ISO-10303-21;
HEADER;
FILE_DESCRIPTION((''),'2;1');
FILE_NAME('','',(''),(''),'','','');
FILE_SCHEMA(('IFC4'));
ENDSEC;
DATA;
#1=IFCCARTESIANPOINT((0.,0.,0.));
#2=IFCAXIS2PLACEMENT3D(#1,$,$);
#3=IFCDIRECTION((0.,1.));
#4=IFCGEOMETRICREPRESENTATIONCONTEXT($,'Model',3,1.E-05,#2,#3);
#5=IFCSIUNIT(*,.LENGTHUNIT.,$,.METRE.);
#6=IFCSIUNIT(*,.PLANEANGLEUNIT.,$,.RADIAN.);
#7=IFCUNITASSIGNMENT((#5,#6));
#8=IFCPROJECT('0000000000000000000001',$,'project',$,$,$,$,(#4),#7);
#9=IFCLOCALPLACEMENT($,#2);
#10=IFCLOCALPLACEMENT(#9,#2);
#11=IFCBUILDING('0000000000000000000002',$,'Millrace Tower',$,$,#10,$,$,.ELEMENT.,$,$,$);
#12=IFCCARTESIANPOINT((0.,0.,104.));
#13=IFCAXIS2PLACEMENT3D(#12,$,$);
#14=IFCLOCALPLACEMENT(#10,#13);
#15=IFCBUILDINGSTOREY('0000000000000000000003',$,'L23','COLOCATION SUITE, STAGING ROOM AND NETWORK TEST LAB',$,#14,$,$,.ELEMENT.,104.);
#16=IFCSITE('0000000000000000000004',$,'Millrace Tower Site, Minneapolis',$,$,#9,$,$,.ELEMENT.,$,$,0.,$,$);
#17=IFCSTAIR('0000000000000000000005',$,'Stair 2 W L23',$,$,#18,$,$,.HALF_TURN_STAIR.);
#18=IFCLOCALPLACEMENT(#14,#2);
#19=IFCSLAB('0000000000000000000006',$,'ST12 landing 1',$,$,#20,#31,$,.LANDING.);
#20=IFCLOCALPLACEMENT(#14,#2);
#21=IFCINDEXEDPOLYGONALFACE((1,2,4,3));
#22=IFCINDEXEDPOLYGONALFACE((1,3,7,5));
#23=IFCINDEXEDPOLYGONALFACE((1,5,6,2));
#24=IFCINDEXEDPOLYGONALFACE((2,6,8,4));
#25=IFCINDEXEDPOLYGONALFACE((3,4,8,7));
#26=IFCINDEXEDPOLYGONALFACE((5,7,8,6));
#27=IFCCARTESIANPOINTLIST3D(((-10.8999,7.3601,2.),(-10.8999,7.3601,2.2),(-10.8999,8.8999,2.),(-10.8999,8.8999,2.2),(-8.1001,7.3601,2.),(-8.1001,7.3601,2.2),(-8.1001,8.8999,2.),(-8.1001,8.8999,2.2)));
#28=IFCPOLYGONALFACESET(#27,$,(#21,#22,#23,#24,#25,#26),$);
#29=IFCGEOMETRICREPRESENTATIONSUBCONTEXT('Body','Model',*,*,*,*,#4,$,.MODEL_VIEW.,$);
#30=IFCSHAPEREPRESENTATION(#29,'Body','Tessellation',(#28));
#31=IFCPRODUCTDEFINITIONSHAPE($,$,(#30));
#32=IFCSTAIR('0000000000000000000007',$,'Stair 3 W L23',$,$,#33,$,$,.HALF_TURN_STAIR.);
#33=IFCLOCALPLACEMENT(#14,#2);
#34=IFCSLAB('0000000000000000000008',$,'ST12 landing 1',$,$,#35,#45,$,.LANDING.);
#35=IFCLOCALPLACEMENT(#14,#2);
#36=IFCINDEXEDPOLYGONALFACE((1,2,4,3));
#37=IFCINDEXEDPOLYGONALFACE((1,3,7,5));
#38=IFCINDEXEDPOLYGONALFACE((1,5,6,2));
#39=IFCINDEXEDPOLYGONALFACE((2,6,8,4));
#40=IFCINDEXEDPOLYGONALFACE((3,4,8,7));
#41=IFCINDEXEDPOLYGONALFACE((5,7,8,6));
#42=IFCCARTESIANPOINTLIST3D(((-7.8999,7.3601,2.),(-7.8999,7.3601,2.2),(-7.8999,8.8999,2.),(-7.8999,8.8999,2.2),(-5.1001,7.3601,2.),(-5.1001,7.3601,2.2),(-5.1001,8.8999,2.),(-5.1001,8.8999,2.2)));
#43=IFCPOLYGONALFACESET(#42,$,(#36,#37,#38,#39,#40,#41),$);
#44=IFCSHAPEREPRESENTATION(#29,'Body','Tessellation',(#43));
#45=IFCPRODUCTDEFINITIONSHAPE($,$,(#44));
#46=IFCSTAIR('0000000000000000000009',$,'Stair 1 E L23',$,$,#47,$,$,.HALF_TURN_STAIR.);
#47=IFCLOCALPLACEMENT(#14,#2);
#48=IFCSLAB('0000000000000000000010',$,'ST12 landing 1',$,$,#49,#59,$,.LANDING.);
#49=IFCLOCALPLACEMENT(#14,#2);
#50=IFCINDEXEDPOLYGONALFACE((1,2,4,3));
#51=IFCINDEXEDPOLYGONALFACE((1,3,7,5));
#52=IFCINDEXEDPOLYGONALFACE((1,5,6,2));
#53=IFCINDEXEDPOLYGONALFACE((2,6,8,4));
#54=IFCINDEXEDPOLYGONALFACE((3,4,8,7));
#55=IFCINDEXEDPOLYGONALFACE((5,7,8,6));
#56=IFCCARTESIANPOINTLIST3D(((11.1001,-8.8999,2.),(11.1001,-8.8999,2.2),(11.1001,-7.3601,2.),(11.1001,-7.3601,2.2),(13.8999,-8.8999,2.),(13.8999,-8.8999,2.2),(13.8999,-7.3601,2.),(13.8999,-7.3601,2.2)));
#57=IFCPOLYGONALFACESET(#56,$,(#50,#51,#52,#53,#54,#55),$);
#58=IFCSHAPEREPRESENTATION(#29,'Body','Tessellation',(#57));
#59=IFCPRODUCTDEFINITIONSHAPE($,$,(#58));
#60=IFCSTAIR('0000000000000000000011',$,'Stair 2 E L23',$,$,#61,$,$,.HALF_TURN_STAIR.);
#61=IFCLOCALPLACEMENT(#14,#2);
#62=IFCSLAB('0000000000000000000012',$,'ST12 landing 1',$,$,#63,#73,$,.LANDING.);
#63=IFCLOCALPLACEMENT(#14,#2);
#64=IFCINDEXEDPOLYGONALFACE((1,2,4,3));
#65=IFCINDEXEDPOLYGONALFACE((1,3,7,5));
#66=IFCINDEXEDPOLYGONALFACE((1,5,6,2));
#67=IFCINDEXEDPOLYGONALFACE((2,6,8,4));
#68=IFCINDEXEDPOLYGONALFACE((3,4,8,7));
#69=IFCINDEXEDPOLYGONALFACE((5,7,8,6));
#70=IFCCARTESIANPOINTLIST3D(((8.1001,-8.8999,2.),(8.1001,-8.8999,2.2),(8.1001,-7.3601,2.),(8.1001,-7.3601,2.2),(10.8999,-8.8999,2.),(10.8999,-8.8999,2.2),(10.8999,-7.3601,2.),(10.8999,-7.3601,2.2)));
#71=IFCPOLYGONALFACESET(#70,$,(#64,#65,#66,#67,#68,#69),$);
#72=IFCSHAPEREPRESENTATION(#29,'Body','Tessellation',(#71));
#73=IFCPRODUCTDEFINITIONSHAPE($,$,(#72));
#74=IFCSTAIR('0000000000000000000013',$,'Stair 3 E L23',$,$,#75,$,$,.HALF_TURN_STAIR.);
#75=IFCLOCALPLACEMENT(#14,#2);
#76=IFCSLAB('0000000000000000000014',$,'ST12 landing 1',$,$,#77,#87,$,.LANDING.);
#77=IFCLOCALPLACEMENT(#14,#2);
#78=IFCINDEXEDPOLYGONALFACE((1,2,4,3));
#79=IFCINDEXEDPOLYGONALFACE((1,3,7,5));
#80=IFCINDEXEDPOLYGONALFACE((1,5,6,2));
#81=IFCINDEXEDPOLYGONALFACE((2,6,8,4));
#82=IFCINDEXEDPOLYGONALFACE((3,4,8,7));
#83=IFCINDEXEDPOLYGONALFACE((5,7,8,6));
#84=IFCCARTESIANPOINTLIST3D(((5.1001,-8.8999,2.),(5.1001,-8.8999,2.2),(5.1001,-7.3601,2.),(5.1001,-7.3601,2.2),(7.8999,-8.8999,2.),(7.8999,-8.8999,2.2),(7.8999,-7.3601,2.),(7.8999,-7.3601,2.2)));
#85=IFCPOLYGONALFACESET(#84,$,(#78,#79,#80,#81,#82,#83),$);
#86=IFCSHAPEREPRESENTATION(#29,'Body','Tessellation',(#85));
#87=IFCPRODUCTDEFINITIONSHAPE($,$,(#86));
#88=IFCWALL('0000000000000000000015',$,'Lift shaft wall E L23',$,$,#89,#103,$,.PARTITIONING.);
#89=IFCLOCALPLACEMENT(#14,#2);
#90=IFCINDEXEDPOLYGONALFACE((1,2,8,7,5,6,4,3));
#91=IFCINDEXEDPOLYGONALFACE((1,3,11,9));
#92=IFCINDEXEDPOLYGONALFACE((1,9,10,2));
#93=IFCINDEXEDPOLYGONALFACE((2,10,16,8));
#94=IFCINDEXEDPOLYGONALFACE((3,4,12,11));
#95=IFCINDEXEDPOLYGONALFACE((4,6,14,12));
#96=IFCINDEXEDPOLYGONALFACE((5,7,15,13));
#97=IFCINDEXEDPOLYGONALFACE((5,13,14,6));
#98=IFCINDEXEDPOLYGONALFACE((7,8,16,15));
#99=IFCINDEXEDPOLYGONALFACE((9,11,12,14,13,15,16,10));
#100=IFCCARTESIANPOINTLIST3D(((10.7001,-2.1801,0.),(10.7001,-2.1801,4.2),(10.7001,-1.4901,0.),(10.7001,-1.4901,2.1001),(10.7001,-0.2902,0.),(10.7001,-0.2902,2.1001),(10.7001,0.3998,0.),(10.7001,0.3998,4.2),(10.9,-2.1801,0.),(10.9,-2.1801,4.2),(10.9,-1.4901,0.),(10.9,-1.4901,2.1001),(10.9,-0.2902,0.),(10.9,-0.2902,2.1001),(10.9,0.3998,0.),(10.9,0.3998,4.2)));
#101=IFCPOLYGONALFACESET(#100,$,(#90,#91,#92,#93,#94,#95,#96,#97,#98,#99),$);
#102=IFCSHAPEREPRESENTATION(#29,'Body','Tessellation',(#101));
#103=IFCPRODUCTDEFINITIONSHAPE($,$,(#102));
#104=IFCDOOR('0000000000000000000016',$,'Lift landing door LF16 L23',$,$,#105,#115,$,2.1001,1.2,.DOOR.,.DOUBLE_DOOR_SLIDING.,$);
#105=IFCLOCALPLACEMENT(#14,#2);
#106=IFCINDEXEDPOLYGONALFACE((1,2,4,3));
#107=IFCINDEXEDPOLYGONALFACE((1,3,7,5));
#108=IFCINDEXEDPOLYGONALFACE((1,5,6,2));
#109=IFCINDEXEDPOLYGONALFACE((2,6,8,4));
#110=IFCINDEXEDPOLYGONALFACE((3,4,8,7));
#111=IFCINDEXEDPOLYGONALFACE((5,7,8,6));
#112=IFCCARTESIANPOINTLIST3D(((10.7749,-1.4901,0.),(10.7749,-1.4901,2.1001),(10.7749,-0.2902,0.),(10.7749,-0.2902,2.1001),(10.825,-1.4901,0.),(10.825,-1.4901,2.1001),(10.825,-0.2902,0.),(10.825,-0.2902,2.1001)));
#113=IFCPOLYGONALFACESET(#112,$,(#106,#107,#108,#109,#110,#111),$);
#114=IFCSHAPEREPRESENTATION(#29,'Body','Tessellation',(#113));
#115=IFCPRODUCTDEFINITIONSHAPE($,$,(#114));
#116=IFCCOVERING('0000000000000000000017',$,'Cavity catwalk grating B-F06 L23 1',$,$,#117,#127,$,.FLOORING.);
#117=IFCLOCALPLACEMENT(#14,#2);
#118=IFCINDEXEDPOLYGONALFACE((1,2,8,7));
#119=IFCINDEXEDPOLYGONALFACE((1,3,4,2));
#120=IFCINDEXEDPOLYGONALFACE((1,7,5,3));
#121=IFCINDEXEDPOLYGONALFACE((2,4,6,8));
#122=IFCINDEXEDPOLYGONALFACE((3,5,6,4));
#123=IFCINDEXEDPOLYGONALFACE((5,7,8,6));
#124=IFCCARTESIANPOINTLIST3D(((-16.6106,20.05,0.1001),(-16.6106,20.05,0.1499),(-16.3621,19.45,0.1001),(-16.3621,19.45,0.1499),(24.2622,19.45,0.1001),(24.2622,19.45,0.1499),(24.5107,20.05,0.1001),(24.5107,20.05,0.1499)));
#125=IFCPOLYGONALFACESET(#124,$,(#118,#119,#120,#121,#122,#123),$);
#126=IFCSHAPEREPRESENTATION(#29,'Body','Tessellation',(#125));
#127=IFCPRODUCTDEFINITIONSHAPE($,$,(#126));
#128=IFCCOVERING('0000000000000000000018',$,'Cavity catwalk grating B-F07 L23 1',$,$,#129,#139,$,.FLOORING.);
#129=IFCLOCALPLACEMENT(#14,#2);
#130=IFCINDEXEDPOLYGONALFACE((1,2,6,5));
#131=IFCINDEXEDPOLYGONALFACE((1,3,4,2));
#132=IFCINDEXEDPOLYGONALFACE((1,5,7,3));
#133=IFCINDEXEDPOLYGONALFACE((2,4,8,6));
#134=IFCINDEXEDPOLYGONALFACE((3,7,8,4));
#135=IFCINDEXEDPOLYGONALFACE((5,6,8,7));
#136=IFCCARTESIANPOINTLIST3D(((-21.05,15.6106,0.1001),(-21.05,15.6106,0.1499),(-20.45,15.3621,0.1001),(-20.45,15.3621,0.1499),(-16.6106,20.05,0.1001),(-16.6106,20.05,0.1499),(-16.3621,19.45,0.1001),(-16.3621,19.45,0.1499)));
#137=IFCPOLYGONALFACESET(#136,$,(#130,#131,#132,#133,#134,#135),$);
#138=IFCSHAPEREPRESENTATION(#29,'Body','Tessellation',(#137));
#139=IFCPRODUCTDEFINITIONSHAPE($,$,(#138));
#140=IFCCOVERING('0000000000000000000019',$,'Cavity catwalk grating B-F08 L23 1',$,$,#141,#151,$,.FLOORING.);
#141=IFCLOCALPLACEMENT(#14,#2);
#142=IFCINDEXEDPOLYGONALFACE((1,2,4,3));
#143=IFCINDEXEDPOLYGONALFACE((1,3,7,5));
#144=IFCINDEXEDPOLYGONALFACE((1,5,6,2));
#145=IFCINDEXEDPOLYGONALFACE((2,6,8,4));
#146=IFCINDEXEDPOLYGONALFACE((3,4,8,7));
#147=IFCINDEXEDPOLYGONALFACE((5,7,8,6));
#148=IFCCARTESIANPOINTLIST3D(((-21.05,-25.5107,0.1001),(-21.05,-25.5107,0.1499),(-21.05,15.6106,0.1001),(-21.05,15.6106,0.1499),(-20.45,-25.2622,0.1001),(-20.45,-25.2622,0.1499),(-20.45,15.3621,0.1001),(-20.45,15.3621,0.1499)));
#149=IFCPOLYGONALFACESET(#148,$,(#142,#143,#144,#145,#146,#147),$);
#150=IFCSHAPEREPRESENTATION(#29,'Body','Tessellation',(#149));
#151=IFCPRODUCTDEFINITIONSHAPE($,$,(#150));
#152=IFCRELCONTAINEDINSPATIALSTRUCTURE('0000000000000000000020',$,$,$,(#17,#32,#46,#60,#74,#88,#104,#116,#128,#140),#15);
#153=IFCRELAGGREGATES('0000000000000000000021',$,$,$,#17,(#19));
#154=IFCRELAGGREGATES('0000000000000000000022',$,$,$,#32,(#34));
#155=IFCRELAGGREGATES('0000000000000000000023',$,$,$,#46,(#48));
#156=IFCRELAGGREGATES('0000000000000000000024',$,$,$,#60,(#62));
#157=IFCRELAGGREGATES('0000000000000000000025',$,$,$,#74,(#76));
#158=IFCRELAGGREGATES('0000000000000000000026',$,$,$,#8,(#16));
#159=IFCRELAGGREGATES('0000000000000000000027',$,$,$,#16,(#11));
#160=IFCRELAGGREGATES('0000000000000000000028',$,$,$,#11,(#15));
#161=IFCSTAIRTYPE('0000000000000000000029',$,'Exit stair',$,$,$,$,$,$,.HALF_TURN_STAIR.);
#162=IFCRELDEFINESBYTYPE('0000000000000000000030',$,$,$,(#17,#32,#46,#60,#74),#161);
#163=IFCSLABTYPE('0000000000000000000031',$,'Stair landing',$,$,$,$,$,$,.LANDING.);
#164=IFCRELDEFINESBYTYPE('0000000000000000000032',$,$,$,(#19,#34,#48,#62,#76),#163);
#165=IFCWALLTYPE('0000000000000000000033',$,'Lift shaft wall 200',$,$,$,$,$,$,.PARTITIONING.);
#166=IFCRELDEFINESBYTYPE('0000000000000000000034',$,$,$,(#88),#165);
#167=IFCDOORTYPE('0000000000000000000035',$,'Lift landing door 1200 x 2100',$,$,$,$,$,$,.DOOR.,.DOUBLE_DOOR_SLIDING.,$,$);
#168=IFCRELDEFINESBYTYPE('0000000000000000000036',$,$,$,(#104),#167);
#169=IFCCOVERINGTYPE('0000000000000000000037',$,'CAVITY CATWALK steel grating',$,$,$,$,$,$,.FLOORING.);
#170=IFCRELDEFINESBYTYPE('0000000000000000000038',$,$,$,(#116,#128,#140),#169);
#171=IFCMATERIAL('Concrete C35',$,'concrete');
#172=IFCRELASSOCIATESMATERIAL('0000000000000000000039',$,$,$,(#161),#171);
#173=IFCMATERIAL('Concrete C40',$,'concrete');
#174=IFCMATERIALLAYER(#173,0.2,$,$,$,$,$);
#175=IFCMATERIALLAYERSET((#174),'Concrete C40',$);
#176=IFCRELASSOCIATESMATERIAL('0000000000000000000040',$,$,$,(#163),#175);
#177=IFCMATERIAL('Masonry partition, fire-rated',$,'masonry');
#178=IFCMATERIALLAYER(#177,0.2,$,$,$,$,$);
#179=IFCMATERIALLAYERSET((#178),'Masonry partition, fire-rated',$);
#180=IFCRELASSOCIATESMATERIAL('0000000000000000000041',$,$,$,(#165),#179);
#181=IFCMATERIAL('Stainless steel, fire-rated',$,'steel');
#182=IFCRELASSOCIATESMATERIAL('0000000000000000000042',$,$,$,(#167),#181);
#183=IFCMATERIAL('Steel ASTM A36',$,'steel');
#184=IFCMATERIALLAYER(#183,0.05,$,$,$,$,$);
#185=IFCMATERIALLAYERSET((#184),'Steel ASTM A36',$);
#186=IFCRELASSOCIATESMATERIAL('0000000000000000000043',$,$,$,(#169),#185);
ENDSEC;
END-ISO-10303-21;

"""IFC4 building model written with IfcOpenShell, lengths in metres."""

from ifc_helpers import new_model, si_unit, direction, frame, frame_2d, origin, place, context, subcontext, project, spatial, polyline, rectangle, outline, extrude, material, layer, layer_set, type_object, element, fill, aggregate, save


model = new_model("IFC4")

# Units and contexts
model_context = context("Model", 3, precision=1e-05, world=origin(), true_north=direction((0.0, 1.0)))
body_context = subcontext(model_context, "Body", "Model", "MODEL_VIEW")
ifc_project = project(units=[si_unit("LENGTHUNIT", "METRE"), si_unit("PLANEANGLEUNIT", "RADIAN")], contexts=[model_context])

# Site, building, storey
site_placement = place(None, origin())
site = spatial("IfcSite", under=ifc_project, at=site_placement, Name="Millrace Tower Site, Minneapolis", CompositionType="ELEMENT", RefElevation=0.0)
building_placement = place(site_placement, origin())
building = spatial("IfcBuilding", under=site, at=building_placement, Name="Millrace Tower", CompositionType="ELEMENT")
storey_placement = place(building_placement, frame((0.0, 0.0, 104.0)))
storey = spatial("IfcBuildingStorey", under=building, at=storey_placement, Name="L23", Description="COLOCATION SUITE, STAGING ROOM AND NETWORK TEST LAB", CompositionType="ELEMENT", Elevation=104.0)

# Shared definitions
placement_1 = place(storey_placement, origin())

# Stairs, slabs
ifc_material_1 = material(Name="Concrete C35", Category="concrete")
stair_type = type_object("IfcStairType", Name="Exit stair", PredefinedType="HALF_TURN_STAIR", material=ifc_material_1)
ifc_material_2 = material(Name="Concrete C40", Category="concrete")
ifc_layer_1 = layer(ifc_material_2, 0.2)
ifc_layer_set_1 = layer_set([ifc_layer_1], Name="Concrete C40")
slab_type = type_object("IfcSlabType", Name="Stair landing", PredefinedType="LANDING", material=ifc_layer_set_1)
placement_2 = place(storey_placement, frame((0.0, 0.0, 2.0)))
stair_1 = element("IfcStair", 1, at=placement_1, inside=storey, type_object=stair_type, Name="Stair 2 W L23", PredefinedType="HALF_TURN_STAIR")
slab_1 = element("IfcSlab", 2, at=placement_2, type_object=slab_type, Name="ST12 landing 1", PredefinedType="LANDING", context=body_context, shape_type="SweptSolid", body=[
    extrude(outline(polyline([(-10.8999, 7.3601), (-8.1001, 7.3601), (-8.1001, 8.8999), (-10.8999, 8.8999), (-10.8999, 7.3601)])), origin(), (0.0, 0.0, 1.0), 0.2),
])
aggregate(stair_1, [slab_1])
stair_2 = element("IfcStair", 3, at=placement_1, inside=storey, type_object=stair_type, Name="Stair 3 W L23", PredefinedType="HALF_TURN_STAIR")
slab_2 = element("IfcSlab", 4, at=placement_2, type_object=slab_type, Name="ST12 landing 1", PredefinedType="LANDING", context=body_context, shape_type="SweptSolid", body=[
    extrude(outline(polyline([(-7.8999, 7.3601), (-5.1001, 7.3601), (-5.1001, 8.8999), (-7.8999, 8.8999), (-7.8999, 7.3601)])), origin(), (0.0, 0.0, 1.0), 0.2),
])
aggregate(stair_2, [slab_2])
stair_3 = element("IfcStair", 5, at=placement_1, inside=storey, type_object=stair_type, Name="Stair 1 E L23", PredefinedType="HALF_TURN_STAIR")
slab_3 = element("IfcSlab", 6, at=placement_2, type_object=slab_type, Name="ST12 landing 1", PredefinedType="LANDING", context=body_context, shape_type="SweptSolid", body=[
    extrude(outline(polyline([(11.1001, -8.8999), (13.8999, -8.8999), (13.8999, -7.3601), (11.1001, -7.3601), (11.1001, -8.8999)])), origin(), (0.0, 0.0, 1.0), 0.2),
])
aggregate(stair_3, [slab_3])
stair_4 = element("IfcStair", 7, at=placement_1, inside=storey, type_object=stair_type, Name="Stair 2 E L23", PredefinedType="HALF_TURN_STAIR")
slab_4 = element("IfcSlab", 8, at=placement_2, type_object=slab_type, Name="ST12 landing 1", PredefinedType="LANDING", context=body_context, shape_type="SweptSolid", body=[
    extrude(outline(polyline([(8.1001, -8.8999), (10.8999, -8.8999), (10.8999, -7.3601), (8.1001, -7.3601), (8.1001, -8.8999)])), origin(), (0.0, 0.0, 1.0), 0.2),
])
aggregate(stair_4, [slab_4])
stair_5 = element("IfcStair", 9, at=placement_1, inside=storey, type_object=stair_type, Name="Stair 3 E L23", PredefinedType="HALF_TURN_STAIR")
slab_5 = element("IfcSlab", 10, at=placement_2, type_object=slab_type, Name="ST12 landing 1", PredefinedType="LANDING", context=body_context, shape_type="SweptSolid", body=[
    extrude(outline(polyline([(5.1001, -8.8999), (7.8999, -8.8999), (7.8999, -7.3601), (5.1001, -7.3601), (5.1001, -8.8999)])), origin(), (0.0, 0.0, 1.0), 0.2),
])
aggregate(stair_5, [slab_5])

# Wall, opening, door
ifc_material_3 = material(Name="Masonry partition, fire-rated", Category="masonry")
ifc_layer_2 = layer(ifc_material_3, 0.2)
ifc_layer_set_2 = layer_set([ifc_layer_2], Name="Masonry partition, fire-rated")
wall_type = type_object("IfcWallType", Name="Lift shaft wall 200", PredefinedType="PARTITIONING", material=ifc_layer_set_2)
wall_placement = place(storey_placement, frame((10.8, 0.3999, 0.0), z_axis=(0.0, 0.0, 1.0), x_axis=(0.0, -1.0, 0.0)))
wall = element("IfcWall", 11, at=wall_placement, inside=storey, type_object=wall_type, Name="Lift shaft wall E L23", PredefinedType="PARTITIONING", context=body_context, shape_type="SweptSolid", body=[
    extrude(rectangle(XDim=2.5798, YDim=0.2, at=frame_2d((1.29, 0.0))), origin(), (0.0, 0.0, 1.0), 4.2),
])
opening_placement = place(wall_placement, frame((0.6899, 0.0, 0.0)))
opening = element("IfcOpeningElement", 12, at=opening_placement, cuts=wall, PredefinedType="OPENING", context=body_context, shape_type="SweptSolid", body=[
    extrude(rectangle(XDim=1.2, YDim=2.1001, at=frame_2d((0.6001, 1.05))), frame((0.0, 0.1099, 0.0), z_axis=(0.0, -1.0, 0.0), x_axis=(1.0, 0.0, 0.0)), (0.0, 0.0, 1.0), 0.22),
])
ifc_material_4 = material(Name="Stainless steel, fire-rated", Category="steel")
door_type = type_object("IfcDoorType", Name="Lift landing door 1200 x 2100", OperationType="DOUBLE_DOOR_SLIDING", PredefinedType="DOOR", material=ifc_material_4)
door_placement = place(opening_placement, origin())
door = element("IfcDoor", 13, at=door_placement, inside=storey, type_object=door_type, Name="Lift landing door LF16 L23", OperationType="DOUBLE_DOOR_SLIDING", OverallHeight=2.1001, OverallWidth=1.2, PredefinedType="DOOR", context=body_context, shape_type="SweptSolid", body=[
    extrude(rectangle(XDim=1.2, YDim=2.1001, at=frame_2d((0.6001, 1.05))), frame((0.0, 0.0249, 0.0), z_axis=(0.0, -1.0, 0.0), x_axis=(1.0, 0.0, 0.0)), (0.0, 0.0, 1.0), 0.05),
])
fill(opening, door)

# Coverings
ifc_material_5 = material(Name="Steel ASTM A36", Category="steel")
ifc_layer_3 = layer(ifc_material_5, 0.05)
ifc_layer_set_3 = layer_set([ifc_layer_3], Name="Steel ASTM A36")
covering_type = type_object("IfcCoveringType", Name="CAVITY CATWALK steel grating", PredefinedType="FLOORING", material=ifc_layer_set_3)
placement_3 = place(storey_placement, frame((0.0, 0.0, 0.1001)))
element("IfcCovering", 14, at=placement_3, inside=storey, type_object=covering_type, Name="Cavity catwalk grating B-F06 L23 1", PredefinedType="FLOORING", context=body_context, shape_type="SweptSolid", body=[
    extrude(outline(polyline([(24.5107, 20.05), (-16.6106, 20.05), (-16.3621, 19.45), (24.2622, 19.45), (24.5107, 20.05)])), origin(), (0.0, 0.0, 1.0), 0.0498),
])
element("IfcCovering", 15, at=placement_3, inside=storey, type_object=covering_type, Name="Cavity catwalk grating B-F07 L23 1", PredefinedType="FLOORING", context=body_context, shape_type="SweptSolid", body=[
    extrude(outline(polyline([(-16.6106, 20.05), (-21.05, 15.6106), (-20.45, 15.3621), (-16.3621, 19.45), (-16.6106, 20.05)])), origin(), (0.0, 0.0, 1.0), 0.0498),
])
element("IfcCovering", 16, at=placement_3, inside=storey, type_object=covering_type, Name="Cavity catwalk grating B-F08 L23 1", PredefinedType="FLOORING", context=body_context, shape_type="SweptSolid", body=[
    extrude(outline(polyline([(-21.05, 15.6106), (-21.05, -25.5107), (-20.45, -25.2622), (-20.45, 15.3621), (-21.05, 15.6106)])), origin(), (0.0, 0.0, 1.0), 0.0498),
])

save(model, "model.ifc")
